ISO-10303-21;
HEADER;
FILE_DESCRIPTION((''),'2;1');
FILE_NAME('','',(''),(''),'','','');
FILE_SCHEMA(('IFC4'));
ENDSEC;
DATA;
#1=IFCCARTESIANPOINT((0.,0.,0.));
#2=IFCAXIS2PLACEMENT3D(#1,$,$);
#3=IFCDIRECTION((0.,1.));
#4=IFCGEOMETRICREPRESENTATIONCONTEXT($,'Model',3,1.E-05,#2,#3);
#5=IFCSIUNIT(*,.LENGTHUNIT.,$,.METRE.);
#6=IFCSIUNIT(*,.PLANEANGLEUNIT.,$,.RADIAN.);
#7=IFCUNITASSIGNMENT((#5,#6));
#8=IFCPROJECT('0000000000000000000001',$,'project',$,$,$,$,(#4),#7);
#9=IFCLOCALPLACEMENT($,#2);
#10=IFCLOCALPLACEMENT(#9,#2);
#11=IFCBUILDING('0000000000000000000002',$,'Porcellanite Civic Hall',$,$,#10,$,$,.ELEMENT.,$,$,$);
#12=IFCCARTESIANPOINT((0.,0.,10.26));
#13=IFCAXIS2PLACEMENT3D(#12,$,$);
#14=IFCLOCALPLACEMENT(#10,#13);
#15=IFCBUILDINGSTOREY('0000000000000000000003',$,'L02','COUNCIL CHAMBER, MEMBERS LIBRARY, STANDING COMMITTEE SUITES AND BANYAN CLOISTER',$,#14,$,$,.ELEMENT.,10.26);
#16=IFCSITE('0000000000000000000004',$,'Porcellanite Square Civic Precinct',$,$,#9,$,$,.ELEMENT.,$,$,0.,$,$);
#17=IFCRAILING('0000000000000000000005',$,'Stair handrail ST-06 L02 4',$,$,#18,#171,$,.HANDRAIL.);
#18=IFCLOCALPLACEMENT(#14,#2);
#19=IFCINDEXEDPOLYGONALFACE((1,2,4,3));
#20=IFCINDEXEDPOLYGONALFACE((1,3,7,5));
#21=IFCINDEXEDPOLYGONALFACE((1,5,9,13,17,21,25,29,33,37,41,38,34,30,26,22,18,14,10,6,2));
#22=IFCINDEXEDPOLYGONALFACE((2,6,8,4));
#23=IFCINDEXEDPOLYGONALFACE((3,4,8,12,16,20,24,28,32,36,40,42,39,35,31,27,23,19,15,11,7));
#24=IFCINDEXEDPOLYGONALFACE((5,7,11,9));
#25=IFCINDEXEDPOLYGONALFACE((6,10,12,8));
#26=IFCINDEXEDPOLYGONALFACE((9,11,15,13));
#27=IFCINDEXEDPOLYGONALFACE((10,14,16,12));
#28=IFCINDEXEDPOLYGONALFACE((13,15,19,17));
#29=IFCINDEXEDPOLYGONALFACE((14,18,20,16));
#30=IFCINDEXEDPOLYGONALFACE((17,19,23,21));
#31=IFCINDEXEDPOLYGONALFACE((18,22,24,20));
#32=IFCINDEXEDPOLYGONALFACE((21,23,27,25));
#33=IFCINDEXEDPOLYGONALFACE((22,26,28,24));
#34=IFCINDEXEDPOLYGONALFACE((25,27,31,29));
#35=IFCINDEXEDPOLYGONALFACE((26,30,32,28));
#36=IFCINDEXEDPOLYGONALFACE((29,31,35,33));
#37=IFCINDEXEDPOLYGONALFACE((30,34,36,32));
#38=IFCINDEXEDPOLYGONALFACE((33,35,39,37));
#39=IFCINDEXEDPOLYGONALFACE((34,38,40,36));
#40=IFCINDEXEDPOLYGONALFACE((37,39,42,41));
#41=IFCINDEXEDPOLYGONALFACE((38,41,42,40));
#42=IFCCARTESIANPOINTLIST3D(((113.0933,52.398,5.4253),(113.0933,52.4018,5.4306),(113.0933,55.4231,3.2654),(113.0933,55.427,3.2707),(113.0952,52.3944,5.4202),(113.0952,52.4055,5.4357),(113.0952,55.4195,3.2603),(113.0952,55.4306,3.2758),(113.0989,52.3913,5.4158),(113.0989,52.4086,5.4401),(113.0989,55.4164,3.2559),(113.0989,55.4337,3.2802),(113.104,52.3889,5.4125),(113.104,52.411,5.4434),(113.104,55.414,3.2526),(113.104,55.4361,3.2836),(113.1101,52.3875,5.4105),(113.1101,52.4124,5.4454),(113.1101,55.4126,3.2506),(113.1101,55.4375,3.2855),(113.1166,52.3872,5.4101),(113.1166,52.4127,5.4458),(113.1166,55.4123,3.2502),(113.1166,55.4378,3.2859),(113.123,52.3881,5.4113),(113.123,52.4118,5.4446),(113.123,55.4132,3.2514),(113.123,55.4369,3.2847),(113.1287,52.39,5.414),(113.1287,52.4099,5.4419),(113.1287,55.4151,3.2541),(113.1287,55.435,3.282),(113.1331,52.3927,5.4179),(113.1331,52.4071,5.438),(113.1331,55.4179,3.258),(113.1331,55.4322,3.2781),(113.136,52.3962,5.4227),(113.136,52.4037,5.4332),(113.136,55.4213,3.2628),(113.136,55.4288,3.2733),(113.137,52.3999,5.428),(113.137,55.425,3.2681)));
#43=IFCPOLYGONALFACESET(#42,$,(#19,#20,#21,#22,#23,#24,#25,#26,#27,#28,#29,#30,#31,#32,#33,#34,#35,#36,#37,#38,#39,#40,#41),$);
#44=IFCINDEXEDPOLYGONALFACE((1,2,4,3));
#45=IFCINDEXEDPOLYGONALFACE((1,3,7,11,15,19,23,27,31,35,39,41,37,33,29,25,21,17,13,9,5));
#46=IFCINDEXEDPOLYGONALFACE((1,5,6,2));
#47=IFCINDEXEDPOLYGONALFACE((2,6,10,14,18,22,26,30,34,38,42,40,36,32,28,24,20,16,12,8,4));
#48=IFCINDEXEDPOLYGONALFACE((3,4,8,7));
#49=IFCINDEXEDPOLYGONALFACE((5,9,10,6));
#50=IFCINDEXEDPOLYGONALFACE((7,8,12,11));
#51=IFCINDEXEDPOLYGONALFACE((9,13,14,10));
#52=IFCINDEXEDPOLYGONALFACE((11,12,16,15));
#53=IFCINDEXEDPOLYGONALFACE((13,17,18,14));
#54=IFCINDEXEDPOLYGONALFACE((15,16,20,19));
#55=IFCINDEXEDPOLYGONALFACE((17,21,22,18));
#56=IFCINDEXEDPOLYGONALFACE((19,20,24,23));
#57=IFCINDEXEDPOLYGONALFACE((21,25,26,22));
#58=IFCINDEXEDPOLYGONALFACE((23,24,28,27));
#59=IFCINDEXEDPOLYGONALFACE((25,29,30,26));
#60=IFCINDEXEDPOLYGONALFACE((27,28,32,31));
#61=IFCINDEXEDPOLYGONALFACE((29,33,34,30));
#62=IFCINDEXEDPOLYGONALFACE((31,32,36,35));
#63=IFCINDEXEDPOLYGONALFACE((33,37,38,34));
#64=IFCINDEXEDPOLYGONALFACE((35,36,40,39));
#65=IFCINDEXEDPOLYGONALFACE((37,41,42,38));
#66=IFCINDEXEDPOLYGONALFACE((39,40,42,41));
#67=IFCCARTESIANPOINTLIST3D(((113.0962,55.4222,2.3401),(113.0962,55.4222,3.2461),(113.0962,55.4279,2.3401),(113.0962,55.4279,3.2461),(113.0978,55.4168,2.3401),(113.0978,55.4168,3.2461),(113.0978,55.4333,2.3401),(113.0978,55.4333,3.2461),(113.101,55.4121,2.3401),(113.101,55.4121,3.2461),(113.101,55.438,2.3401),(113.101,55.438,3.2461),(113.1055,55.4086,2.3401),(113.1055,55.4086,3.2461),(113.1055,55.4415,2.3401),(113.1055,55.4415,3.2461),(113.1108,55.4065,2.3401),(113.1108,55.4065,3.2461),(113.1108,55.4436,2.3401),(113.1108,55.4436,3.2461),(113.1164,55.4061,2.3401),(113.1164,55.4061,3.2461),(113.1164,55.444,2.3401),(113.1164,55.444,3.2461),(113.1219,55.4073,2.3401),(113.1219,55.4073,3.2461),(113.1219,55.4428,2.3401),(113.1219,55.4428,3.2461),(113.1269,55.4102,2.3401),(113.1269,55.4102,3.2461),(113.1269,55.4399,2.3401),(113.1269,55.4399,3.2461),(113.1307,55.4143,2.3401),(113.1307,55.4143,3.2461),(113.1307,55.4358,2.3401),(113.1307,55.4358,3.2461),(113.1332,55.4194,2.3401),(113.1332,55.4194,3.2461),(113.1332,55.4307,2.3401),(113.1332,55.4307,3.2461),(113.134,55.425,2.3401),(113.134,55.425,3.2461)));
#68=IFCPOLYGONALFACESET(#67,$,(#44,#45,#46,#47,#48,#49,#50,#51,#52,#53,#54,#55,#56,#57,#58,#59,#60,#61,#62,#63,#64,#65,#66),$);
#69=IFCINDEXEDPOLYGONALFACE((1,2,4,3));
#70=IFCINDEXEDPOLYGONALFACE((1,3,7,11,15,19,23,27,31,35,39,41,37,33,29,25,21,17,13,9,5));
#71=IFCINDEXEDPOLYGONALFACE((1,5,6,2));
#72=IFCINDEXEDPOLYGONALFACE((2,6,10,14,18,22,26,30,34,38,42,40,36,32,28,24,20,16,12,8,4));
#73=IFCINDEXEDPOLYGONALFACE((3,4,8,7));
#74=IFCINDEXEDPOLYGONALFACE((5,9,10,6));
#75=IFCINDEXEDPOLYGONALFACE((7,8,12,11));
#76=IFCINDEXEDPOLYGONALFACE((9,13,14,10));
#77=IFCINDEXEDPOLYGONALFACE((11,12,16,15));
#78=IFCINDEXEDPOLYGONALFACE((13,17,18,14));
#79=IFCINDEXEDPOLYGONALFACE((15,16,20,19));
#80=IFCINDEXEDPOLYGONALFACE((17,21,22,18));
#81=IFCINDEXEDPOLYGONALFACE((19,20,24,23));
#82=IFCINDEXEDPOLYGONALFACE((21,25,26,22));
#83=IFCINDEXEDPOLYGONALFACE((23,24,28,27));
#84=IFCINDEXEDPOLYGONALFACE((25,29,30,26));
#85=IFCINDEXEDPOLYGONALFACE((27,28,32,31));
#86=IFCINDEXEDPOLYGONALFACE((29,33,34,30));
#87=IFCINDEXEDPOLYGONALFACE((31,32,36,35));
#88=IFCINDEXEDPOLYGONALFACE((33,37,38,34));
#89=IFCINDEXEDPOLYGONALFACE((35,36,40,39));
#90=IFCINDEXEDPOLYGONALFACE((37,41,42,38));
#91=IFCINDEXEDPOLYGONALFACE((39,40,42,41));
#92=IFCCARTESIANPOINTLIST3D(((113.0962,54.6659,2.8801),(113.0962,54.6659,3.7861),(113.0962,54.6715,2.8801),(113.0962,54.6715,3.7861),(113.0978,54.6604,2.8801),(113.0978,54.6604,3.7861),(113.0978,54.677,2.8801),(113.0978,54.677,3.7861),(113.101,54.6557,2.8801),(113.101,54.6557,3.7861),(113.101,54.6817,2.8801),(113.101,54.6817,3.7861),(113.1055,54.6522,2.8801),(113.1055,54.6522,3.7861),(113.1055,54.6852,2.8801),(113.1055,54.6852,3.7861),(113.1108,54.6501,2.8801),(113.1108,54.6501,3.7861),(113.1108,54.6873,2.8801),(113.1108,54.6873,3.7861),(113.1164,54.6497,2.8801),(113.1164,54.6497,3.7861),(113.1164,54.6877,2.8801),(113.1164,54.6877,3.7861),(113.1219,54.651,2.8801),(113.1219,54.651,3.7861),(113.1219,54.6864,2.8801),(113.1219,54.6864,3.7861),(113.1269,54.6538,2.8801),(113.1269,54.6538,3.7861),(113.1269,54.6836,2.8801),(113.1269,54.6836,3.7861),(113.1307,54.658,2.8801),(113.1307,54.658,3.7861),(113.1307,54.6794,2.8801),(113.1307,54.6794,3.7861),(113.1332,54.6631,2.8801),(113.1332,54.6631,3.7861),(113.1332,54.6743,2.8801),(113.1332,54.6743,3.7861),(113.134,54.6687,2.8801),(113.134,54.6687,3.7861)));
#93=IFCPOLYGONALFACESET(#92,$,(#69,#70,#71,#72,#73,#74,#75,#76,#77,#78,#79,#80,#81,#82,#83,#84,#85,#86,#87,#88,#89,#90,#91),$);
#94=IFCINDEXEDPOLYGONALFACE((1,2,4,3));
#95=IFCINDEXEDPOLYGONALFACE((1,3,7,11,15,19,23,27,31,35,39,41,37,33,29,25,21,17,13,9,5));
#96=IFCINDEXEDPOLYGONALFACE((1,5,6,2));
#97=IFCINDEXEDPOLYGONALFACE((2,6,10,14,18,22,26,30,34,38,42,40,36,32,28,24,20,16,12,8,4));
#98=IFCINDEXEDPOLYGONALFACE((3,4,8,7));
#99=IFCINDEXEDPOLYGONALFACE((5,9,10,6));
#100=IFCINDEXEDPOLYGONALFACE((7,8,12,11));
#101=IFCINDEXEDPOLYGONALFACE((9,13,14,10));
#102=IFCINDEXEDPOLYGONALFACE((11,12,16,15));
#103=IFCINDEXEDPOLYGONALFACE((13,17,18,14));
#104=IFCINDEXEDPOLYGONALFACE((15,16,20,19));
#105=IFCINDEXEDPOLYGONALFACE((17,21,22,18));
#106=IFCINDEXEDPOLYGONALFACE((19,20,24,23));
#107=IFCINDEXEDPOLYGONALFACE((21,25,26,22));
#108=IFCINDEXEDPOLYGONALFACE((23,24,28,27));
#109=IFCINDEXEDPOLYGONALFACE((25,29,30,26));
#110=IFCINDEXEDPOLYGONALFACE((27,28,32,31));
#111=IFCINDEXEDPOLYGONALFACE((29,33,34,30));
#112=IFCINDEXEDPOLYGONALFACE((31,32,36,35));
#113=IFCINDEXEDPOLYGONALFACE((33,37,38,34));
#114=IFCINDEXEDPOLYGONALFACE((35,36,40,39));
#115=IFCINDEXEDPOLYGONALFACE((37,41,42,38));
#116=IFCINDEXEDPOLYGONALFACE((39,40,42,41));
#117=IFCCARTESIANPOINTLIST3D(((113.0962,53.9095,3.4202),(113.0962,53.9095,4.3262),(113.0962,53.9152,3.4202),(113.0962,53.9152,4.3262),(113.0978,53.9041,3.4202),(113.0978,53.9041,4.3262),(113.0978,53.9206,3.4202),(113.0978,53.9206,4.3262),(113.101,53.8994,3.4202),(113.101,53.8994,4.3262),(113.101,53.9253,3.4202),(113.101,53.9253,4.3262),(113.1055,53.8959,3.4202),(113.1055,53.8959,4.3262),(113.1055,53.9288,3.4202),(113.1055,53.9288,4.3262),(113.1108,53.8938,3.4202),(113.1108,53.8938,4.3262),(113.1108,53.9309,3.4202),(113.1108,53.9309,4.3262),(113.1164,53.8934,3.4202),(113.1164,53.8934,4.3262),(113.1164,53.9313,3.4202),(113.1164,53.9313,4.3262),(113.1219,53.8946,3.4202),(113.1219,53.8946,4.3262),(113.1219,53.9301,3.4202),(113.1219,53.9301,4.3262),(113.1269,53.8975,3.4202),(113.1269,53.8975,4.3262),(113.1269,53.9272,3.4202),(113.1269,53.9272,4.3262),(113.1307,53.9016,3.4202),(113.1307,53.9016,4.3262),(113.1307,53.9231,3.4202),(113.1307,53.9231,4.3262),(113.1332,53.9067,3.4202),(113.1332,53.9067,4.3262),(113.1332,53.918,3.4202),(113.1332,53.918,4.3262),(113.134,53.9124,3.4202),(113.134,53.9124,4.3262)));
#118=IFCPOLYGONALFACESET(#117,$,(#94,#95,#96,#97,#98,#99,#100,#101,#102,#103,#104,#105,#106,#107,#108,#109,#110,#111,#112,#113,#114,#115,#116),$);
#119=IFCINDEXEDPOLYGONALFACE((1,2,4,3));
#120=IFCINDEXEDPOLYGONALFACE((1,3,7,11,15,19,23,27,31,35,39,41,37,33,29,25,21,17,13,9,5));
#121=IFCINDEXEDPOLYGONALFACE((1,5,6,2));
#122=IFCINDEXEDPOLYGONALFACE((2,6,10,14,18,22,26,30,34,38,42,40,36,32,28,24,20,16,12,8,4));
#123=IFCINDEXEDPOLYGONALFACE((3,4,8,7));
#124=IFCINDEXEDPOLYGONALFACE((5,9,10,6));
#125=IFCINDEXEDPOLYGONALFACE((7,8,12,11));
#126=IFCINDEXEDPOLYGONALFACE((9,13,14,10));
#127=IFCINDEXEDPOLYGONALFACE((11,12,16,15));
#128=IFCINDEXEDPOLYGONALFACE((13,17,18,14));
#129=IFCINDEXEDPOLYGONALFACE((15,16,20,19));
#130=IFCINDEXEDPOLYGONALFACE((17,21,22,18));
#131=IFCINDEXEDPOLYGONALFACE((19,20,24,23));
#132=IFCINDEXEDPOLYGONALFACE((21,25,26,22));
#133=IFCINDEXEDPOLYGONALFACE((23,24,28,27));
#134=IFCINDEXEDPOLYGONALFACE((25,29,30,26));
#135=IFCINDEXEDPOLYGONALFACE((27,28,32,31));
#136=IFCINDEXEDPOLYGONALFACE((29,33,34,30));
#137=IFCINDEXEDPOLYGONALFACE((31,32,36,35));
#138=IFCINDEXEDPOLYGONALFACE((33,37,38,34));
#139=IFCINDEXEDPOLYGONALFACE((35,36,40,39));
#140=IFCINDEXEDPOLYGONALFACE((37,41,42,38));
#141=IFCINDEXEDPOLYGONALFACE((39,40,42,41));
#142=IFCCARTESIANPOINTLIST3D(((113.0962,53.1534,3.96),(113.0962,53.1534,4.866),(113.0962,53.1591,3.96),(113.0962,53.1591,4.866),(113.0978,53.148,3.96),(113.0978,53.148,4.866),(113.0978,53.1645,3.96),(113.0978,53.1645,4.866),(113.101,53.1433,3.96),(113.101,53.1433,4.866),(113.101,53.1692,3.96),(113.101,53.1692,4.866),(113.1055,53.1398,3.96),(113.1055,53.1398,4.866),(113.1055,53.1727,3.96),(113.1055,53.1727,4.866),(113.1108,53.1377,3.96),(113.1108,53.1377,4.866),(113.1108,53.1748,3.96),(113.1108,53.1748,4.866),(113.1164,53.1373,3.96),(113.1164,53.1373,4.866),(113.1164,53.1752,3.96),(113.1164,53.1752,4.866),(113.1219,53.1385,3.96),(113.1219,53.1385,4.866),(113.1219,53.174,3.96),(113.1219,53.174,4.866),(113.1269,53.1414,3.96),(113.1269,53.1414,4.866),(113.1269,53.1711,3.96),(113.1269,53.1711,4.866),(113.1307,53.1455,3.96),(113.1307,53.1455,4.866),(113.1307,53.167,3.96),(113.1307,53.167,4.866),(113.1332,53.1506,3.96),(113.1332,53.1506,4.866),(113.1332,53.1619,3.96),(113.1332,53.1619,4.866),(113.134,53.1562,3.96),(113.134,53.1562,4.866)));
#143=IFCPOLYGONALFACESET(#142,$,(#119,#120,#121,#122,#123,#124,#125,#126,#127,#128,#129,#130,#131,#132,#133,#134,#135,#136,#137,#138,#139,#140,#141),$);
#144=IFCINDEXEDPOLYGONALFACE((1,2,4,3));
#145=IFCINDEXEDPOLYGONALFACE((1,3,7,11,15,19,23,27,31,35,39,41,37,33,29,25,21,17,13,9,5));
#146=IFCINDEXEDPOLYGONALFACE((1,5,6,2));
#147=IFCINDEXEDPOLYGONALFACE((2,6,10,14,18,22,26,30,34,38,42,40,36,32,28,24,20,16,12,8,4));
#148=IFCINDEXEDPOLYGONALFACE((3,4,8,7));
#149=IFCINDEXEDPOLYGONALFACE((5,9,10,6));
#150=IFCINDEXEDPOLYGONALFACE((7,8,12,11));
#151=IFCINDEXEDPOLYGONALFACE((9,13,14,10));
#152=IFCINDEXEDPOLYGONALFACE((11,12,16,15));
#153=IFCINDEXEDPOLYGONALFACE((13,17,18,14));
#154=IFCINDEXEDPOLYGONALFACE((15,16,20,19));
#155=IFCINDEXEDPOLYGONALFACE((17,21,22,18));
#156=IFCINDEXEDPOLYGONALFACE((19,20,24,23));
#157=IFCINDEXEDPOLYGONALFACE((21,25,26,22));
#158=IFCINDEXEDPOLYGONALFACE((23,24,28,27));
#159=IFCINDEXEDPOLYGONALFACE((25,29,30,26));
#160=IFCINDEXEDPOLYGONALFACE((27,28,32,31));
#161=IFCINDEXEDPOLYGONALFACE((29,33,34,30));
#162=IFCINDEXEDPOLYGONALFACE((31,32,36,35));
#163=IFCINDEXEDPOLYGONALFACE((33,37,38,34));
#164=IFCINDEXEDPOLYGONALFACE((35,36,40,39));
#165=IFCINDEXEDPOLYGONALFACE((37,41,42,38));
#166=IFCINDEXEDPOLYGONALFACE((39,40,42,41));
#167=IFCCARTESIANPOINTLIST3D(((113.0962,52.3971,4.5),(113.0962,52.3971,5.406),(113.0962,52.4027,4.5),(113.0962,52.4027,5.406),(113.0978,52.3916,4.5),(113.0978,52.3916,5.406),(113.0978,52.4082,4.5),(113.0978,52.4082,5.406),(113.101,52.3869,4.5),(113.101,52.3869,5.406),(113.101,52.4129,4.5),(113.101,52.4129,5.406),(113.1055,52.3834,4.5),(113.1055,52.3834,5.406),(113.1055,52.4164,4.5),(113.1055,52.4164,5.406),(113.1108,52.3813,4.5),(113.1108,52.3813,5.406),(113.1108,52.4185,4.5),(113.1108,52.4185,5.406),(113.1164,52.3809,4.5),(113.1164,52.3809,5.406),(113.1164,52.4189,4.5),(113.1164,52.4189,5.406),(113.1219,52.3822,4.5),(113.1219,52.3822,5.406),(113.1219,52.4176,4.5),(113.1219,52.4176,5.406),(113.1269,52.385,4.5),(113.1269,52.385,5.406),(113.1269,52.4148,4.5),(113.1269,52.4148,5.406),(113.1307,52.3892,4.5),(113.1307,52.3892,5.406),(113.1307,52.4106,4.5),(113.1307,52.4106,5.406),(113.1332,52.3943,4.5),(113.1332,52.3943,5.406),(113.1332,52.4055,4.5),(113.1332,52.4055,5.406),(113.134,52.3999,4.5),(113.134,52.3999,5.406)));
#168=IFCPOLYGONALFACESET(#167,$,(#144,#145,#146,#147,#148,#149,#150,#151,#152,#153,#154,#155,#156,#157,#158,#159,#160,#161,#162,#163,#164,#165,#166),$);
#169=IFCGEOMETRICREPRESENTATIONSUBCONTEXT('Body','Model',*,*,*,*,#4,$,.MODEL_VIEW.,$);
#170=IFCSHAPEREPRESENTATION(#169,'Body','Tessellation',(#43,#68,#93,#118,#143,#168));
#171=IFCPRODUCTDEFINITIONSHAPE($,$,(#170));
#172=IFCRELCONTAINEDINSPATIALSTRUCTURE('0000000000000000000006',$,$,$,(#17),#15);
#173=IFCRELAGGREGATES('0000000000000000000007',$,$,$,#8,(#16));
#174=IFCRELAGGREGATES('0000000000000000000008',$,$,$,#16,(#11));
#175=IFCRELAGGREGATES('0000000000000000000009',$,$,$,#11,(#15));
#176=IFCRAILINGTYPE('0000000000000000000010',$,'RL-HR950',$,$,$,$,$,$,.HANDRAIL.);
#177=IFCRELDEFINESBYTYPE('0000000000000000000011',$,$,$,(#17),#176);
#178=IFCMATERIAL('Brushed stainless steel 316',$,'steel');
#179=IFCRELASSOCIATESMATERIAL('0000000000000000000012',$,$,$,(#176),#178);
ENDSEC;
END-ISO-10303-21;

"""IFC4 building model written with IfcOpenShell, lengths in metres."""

from ifc_helpers import new_model, si_unit, direction, frame, origin, origin_2d, place, context, subcontext, project, spatial, circle, extrude, material, type_object, element, save


model = new_model("IFC4")

# Units and contexts
model_context = context("Model", 3, precision=1e-05, world=origin(), true_north=direction((0.0, 1.0)))
body_context = subcontext(model_context, "Body", "Model", "MODEL_VIEW")
ifc_project = project(units=[si_unit("LENGTHUNIT", "METRE"), si_unit("PLANEANGLEUNIT", "RADIAN")], contexts=[model_context])

# Site, building, storey
site_placement = place(None, origin())
site = spatial("IfcSite", under=ifc_project, at=site_placement, Name="Porcellanite Square Civic Precinct", CompositionType="ELEMENT", RefElevation=0.0)
building_placement = place(site_placement, origin())
building = spatial("IfcBuilding", under=site, at=building_placement, Name="Porcellanite Civic Hall", CompositionType="ELEMENT")
storey_placement = place(building_placement, frame((0.0, 0.0, 10.26)))
storey = spatial("IfcBuildingStorey", under=building, at=storey_placement, Name="L02", Description="COUNCIL CHAMBER, MEMBERS LIBRARY, STANDING COMMITTEE SUITES AND BANYAN CLOISTER", CompositionType="ELEMENT", Elevation=10.26)

# Railing
ifc_material_1 = material(Name="Brushed stainless steel 316", Category="steel")
railing_type_1 = type_object("IfcRailingType", Name="RL-HR950", PredefinedType="HANDRAIL", material=ifc_material_1)
railing_1_placement = place(storey_placement, frame((113.115, 55.425, 2.3401)))
element("IfcRailing", 1, at=railing_1_placement, inside=storey, type_object=railing_type_1, Name="Stair handrail ST-06 L02 4", PredefinedType="HANDRAIL", context=body_context, shape_type="SweptSolid", body=[
    extrude(circle(Radius=0.022, at=origin_2d()), frame((0.0, 0.0, 0.928), z_axis=(0.0, -0.813849, 0.581077), x_axis=(1.0, 0.0, 0.0)), (0.0, 0.0, 1.0), 3.717),
    extrude(circle(Radius=0.019, at=origin_2d()), origin(), (0.0, 0.0, 1.0), 0.906),
    extrude(circle(Radius=0.019, at=origin_2d()), frame((0.0, -0.7563, 0.54)), (0.0, 0.0, 1.0), 0.906),
    extrude(circle(Radius=0.019, at=origin_2d()), frame((0.0, -1.5127, 1.0801)), (0.0, 0.0, 1.0), 0.906),
    extrude(circle(Radius=0.019, at=origin_2d()), frame((0.0, -2.2688, 1.6199)), (0.0, 0.0, 1.0), 0.906),
    extrude(circle(Radius=0.019, at=origin_2d()), frame((0.0, -3.0251, 2.1599)), (0.0, 0.0, 1.0), 0.906),
])

save(model, "model.ifc")
